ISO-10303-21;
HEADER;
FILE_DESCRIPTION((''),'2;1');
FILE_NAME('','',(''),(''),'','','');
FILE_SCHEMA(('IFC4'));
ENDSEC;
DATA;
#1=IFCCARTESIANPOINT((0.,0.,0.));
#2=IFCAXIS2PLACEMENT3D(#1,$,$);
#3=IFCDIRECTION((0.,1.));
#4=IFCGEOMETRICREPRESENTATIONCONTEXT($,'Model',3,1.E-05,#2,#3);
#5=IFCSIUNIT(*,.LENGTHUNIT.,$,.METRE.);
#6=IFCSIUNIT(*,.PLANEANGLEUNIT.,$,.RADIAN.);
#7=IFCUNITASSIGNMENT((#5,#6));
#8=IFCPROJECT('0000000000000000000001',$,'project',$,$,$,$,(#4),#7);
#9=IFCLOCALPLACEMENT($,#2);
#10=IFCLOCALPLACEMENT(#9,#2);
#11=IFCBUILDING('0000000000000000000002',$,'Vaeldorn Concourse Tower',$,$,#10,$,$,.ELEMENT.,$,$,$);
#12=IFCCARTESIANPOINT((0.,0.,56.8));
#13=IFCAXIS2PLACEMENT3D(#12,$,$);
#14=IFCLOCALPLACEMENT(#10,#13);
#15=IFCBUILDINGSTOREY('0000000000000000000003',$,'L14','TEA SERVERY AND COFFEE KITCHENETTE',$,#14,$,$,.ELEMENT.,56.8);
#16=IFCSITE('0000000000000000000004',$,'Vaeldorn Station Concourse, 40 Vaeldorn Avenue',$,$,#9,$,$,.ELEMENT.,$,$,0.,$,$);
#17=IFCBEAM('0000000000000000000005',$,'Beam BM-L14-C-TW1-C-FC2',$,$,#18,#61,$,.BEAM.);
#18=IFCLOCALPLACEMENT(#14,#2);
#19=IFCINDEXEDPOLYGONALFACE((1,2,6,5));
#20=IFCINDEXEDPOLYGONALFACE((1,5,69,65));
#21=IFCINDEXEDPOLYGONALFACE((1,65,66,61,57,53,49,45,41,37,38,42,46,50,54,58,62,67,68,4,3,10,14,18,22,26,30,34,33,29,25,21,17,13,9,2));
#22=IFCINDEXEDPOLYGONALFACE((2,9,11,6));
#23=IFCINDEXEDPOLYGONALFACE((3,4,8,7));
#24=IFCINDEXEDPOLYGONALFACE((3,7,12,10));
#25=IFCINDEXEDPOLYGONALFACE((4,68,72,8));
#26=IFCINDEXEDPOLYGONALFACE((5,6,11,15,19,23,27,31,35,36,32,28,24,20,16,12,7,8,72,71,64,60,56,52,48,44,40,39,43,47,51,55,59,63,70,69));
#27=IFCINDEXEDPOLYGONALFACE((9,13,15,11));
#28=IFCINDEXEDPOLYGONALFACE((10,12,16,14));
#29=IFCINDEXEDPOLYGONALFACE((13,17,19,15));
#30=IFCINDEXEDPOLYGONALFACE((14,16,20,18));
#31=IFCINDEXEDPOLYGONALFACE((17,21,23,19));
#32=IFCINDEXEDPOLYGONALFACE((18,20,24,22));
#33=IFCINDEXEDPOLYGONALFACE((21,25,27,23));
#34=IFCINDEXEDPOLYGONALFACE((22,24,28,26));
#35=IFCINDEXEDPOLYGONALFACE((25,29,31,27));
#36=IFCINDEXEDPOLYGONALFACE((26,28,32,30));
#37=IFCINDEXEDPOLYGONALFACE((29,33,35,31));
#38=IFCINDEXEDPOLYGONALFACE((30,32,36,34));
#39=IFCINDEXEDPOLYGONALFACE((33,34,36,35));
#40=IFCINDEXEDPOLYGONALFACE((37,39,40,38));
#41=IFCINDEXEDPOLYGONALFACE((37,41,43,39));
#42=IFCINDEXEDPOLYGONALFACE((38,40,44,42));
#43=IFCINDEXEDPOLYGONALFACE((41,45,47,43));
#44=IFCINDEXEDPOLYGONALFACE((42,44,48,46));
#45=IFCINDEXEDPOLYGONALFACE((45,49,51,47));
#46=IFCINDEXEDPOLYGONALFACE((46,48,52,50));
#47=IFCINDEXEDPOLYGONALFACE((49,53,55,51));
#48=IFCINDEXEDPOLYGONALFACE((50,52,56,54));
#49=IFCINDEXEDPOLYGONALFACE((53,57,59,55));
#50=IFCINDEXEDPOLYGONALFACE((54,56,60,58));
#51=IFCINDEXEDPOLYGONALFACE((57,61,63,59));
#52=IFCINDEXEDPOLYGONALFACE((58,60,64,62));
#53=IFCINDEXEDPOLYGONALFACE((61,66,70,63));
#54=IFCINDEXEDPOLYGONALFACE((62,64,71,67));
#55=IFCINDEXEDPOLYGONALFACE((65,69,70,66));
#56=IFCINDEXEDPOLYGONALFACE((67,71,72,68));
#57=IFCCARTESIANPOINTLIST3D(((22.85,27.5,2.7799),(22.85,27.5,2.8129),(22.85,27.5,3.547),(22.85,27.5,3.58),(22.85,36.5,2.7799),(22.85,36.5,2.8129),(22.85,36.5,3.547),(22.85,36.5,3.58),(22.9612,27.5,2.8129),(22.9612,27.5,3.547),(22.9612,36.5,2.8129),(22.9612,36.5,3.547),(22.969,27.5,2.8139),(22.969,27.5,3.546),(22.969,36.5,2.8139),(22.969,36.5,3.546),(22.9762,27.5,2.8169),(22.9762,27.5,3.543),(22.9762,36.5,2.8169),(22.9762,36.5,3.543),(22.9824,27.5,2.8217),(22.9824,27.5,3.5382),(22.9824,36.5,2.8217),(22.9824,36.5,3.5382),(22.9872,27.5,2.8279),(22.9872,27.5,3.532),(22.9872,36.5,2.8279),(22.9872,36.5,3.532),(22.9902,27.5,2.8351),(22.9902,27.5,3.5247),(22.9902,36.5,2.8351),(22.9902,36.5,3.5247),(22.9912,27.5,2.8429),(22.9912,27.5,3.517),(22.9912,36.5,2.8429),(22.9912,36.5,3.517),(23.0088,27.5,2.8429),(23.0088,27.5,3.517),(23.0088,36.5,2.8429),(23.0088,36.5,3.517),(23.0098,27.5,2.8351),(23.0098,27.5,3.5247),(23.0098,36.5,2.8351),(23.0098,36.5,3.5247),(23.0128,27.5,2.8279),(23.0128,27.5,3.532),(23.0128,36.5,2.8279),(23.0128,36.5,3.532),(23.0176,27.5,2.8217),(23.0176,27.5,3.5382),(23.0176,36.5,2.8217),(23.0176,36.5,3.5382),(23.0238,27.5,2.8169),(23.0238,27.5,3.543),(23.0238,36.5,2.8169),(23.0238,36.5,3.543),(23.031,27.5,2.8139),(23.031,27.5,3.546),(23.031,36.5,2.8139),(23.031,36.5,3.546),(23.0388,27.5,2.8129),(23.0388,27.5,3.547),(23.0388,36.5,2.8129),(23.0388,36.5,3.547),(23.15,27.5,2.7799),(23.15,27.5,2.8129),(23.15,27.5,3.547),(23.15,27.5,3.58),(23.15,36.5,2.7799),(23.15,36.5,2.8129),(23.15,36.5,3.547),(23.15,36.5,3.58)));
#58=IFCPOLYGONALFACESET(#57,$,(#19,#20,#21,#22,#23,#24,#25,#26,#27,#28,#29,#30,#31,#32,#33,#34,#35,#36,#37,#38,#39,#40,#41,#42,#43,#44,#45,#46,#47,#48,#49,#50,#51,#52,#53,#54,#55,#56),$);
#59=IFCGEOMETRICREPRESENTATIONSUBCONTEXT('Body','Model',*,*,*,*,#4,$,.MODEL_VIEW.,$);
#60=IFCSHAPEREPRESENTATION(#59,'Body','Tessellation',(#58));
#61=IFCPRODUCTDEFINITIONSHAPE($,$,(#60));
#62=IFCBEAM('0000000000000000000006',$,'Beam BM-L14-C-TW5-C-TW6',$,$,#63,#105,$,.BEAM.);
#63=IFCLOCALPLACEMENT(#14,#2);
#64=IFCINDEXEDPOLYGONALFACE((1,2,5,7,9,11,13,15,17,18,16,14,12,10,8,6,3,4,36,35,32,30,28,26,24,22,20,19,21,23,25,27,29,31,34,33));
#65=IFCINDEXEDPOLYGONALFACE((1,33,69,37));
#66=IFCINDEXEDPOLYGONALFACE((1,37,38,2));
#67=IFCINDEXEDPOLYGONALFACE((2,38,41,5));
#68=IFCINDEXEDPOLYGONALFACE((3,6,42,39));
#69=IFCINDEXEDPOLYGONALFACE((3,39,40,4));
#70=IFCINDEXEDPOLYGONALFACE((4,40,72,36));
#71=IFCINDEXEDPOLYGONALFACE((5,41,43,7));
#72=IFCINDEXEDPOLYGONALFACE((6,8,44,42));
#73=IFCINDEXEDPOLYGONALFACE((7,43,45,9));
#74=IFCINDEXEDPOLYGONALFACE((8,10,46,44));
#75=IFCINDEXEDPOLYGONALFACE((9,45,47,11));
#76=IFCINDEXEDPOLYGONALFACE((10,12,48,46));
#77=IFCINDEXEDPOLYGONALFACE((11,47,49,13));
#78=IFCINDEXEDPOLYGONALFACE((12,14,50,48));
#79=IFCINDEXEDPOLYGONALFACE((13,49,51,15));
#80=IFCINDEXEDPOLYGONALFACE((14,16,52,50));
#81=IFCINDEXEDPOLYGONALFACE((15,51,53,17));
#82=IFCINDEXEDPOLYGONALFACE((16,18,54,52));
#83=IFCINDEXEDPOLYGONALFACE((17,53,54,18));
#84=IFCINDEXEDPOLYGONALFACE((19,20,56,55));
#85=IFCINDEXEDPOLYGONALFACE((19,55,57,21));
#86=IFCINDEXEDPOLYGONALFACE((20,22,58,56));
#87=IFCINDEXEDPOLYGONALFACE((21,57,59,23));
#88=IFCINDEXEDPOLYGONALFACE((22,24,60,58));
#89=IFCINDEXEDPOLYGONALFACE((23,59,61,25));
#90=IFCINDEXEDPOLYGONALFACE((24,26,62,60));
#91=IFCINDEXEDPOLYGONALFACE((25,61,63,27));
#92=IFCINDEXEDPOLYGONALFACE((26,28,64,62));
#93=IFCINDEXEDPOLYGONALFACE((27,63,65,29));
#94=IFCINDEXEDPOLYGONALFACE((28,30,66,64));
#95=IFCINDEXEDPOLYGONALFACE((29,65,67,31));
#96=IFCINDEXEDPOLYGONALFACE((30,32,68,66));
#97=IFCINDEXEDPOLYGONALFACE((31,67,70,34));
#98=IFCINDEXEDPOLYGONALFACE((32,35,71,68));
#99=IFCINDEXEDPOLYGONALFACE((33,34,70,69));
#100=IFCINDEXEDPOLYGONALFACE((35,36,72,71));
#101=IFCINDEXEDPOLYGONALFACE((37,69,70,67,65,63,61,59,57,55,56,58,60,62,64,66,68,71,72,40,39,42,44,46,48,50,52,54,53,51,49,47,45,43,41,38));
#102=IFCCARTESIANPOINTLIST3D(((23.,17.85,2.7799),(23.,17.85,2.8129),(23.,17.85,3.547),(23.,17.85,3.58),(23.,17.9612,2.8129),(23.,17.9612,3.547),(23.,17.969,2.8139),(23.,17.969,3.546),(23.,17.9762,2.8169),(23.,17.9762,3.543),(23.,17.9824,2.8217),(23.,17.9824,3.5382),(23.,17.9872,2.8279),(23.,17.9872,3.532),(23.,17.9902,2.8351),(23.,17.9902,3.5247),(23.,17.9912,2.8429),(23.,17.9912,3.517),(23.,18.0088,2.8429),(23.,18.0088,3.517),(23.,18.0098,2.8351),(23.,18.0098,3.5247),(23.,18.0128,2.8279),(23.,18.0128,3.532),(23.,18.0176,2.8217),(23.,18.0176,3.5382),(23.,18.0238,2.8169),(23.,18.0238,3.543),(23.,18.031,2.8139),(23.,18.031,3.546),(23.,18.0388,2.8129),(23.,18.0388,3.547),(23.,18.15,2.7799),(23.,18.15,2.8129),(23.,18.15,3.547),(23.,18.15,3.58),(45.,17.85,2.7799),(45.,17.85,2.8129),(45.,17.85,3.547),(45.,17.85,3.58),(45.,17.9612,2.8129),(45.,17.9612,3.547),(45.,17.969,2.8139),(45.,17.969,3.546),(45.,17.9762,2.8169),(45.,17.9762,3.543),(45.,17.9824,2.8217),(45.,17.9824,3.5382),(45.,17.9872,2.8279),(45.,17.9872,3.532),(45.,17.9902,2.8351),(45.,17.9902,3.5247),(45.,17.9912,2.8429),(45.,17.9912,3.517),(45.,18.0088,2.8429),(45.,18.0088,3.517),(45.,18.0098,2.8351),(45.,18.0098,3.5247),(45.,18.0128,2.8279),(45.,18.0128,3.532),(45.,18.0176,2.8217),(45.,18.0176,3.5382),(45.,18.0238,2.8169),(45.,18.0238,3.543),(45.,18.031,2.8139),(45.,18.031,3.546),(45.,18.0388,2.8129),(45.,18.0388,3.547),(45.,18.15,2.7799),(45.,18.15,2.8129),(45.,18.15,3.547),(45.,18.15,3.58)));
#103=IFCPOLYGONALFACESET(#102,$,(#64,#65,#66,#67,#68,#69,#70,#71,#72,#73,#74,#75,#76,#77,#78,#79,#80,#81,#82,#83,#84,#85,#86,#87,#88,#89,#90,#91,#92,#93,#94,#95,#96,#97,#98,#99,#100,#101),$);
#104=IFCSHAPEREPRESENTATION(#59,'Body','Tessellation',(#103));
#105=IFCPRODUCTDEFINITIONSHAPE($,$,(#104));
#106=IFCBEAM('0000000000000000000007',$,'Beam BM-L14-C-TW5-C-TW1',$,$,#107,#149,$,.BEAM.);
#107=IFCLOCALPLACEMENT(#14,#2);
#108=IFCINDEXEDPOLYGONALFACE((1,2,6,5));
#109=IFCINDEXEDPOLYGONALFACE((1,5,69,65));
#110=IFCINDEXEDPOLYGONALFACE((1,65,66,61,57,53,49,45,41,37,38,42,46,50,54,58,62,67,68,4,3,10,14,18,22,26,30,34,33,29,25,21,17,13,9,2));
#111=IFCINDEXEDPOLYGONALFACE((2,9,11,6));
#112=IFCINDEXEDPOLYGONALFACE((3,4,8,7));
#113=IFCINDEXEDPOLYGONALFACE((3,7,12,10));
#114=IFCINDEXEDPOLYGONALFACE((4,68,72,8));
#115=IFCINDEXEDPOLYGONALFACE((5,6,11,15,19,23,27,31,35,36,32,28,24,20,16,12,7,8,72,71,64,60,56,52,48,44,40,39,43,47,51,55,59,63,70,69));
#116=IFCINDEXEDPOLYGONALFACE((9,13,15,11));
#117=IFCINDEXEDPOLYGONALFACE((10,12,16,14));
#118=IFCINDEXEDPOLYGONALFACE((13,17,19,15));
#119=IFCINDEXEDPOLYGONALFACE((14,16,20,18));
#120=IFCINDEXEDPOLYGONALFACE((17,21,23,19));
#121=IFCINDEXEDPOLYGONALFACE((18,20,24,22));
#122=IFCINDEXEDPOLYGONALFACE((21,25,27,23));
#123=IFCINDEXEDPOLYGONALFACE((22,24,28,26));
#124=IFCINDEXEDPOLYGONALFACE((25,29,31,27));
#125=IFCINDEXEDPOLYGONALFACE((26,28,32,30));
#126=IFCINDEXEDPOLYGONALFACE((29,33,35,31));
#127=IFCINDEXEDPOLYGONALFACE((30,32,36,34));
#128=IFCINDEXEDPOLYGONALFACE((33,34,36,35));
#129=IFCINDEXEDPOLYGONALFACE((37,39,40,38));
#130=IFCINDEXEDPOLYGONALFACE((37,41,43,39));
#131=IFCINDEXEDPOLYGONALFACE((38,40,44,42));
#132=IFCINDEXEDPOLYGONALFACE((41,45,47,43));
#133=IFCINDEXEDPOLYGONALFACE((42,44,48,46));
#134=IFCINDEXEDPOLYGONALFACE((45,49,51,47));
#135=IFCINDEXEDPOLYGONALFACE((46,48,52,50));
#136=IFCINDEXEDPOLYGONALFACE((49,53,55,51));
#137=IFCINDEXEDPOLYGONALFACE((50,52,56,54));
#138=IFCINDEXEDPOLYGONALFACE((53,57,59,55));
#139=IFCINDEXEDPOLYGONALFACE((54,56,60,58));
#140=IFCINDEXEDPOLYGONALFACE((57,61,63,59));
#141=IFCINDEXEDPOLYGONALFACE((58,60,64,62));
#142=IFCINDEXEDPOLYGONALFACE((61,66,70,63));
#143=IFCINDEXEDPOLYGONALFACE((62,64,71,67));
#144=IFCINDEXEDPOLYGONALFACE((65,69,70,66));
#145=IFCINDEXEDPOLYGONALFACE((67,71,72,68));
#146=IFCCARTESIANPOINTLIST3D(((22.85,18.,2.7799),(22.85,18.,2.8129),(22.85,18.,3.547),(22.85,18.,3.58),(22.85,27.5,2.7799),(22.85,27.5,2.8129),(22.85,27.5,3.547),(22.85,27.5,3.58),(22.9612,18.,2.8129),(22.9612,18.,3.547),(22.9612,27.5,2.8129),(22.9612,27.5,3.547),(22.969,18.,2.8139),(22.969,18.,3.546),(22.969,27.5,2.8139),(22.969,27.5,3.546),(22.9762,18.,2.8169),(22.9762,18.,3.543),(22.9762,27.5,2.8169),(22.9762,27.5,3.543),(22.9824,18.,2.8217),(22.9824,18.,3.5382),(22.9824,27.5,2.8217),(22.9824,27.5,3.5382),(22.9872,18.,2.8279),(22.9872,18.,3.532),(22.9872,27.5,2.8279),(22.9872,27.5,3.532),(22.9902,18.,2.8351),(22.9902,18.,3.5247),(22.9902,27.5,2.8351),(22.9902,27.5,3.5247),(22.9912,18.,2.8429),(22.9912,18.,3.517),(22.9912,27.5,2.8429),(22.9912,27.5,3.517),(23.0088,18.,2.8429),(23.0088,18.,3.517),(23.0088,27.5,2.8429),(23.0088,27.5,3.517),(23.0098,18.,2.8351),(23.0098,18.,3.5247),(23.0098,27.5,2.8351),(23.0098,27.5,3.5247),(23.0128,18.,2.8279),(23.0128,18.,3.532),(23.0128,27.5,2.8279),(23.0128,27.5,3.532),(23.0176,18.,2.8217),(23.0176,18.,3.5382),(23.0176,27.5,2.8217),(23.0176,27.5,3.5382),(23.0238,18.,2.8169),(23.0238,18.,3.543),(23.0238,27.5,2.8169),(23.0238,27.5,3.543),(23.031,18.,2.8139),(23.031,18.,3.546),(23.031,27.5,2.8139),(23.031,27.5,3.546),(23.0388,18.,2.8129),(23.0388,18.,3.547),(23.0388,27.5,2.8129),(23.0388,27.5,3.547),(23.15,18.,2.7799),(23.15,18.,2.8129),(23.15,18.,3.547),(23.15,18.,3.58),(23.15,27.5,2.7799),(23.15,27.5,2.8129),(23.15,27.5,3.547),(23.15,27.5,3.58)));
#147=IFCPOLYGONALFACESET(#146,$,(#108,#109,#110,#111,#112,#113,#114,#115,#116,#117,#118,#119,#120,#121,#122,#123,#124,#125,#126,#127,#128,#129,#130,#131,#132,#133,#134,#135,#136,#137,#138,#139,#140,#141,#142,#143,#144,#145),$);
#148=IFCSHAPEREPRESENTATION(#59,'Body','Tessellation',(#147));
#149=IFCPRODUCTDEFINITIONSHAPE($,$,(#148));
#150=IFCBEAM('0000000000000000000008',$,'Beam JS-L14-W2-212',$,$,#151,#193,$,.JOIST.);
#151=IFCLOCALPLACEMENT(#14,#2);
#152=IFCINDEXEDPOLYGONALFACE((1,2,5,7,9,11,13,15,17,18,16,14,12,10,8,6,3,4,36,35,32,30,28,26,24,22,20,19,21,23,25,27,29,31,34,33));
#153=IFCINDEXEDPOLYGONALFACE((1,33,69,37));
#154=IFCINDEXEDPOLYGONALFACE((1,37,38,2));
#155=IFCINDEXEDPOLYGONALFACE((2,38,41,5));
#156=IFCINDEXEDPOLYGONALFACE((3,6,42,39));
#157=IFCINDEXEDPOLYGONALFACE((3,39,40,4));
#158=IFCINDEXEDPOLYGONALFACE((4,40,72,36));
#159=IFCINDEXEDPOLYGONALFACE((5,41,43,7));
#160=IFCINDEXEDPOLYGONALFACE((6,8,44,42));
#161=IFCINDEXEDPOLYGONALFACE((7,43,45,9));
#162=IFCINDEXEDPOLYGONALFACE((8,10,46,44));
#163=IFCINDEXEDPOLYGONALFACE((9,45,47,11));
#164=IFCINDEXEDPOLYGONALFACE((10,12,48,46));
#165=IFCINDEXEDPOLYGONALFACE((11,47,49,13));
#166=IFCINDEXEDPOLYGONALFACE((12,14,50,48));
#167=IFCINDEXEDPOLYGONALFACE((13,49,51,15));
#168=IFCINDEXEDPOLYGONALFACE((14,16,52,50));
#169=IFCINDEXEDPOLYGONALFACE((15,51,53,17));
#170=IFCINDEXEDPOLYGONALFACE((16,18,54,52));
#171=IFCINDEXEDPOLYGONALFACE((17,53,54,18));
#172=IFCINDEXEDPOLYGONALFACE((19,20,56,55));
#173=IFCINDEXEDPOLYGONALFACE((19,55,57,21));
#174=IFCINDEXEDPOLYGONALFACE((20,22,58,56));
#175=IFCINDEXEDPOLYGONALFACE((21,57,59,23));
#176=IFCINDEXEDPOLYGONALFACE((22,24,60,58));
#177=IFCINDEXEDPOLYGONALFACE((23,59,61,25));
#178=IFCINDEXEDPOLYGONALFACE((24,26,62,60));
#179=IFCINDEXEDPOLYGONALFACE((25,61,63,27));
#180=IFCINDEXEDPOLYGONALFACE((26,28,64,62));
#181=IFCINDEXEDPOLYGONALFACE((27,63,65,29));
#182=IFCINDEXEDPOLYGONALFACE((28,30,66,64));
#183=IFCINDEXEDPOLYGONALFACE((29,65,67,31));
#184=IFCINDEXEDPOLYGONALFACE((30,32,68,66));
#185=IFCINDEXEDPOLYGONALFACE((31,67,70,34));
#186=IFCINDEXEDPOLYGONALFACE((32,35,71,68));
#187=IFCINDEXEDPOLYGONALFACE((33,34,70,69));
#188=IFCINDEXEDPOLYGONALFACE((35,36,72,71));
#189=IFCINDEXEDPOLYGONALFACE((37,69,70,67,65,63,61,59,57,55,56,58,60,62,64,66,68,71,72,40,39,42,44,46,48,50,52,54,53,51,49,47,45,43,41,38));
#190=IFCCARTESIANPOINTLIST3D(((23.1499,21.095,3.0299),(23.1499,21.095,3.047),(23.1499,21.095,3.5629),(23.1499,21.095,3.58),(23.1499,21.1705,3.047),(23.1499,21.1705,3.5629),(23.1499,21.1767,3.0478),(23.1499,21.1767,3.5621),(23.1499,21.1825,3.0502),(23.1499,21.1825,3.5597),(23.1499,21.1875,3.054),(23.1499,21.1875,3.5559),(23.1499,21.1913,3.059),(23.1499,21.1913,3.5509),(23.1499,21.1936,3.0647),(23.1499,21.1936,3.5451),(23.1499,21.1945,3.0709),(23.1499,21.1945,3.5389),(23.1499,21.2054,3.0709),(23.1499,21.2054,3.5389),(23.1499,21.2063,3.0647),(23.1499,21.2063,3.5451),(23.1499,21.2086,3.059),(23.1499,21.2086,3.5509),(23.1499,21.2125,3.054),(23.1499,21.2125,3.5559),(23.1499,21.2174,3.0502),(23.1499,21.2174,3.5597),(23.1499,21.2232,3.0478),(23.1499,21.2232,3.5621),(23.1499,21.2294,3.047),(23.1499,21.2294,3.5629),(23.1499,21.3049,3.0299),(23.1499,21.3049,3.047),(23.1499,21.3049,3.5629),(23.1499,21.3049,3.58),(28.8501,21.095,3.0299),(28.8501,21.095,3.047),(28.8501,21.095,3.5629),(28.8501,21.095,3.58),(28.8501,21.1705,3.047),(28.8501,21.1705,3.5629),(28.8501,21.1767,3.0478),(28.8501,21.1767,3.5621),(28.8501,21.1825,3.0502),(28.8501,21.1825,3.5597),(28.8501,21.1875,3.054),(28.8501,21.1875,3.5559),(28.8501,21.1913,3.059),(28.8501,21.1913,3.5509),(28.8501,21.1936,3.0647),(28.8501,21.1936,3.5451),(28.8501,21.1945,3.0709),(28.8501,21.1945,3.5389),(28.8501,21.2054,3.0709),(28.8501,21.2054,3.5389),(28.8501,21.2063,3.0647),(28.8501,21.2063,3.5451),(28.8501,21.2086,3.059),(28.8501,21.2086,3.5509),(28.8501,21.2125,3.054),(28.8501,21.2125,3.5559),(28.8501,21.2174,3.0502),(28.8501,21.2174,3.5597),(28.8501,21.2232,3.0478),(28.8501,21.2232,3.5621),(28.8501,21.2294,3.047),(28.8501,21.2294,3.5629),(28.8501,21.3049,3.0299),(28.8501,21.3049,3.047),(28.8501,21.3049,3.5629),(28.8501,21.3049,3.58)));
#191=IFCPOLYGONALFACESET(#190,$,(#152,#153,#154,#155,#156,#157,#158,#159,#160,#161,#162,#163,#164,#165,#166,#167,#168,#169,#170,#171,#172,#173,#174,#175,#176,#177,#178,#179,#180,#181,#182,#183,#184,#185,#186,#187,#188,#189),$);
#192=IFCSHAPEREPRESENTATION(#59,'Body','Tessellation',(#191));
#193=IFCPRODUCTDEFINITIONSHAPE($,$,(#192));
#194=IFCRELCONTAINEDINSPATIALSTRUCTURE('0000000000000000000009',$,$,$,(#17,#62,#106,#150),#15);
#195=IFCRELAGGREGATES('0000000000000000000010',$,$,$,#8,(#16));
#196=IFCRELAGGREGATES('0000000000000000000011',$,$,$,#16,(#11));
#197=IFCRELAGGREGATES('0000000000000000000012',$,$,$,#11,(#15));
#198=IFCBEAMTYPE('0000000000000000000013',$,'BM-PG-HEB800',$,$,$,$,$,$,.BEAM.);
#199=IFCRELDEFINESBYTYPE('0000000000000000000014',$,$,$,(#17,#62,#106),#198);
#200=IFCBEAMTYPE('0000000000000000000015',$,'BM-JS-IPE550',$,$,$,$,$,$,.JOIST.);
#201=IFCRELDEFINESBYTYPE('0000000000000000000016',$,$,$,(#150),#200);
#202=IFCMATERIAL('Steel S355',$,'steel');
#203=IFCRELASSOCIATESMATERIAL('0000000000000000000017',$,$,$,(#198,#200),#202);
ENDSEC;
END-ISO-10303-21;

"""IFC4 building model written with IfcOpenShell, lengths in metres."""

from ifc_helpers import new_model, si_unit, direction, frame, origin, origin_2d, place, context, subcontext, project, spatial, i_section, extrude, source, transform, mapped, material, material_profile, profile_set, type_object, element, save


model = new_model("IFC4")

# Units and contexts
model_context = context("Model", 3, precision=1e-05, world=origin(), true_north=direction((0.0, 1.0)))
body_context = subcontext(model_context, "Body", "Model", "MODEL_VIEW")
ifc_project = project(units=[si_unit("LENGTHUNIT", "METRE"), si_unit("PLANEANGLEUNIT", "RADIAN")], contexts=[model_context])

# Site, building, storey
site_placement = place(None, origin())
site = spatial("IfcSite", under=ifc_project, at=site_placement, Name="Vaeldorn Station Concourse, 40 Vaeldorn Avenue", CompositionType="ELEMENT", RefElevation=0.0)
building_placement = place(site_placement, origin())
building = spatial("IfcBuilding", under=site, at=building_placement, Name="Vaeldorn Concourse Tower", CompositionType="ELEMENT")
storey_placement = place(building_placement, frame((0.0, 0.0, 56.8)))
storey = spatial("IfcBuildingStorey", under=building, at=storey_placement, Name="L14", Description="TEA SERVERY AND COFFEE KITCHENETTE", CompositionType="ELEMENT", Elevation=56.8)

# Beams
ifc_material_1 = material(Name="Steel S355", Category="steel")
ifc_material_profile_1 = material_profile(ifc_material_1, i_section(OverallWidth=0.3, OverallDepth=0.8, WebThickness=0.0176, FlangeThickness=0.033, FilletRadius=0.03, at=origin_2d()), Name="HEB 800")
ifc_profile_set_1 = profile_set([ifc_material_profile_1], Name="Steel S355")
beam_type_1 = type_object("IfcBeamType", Name="BM-PG-HEB800", PredefinedType="BEAM", material=ifc_profile_set_1)
shared_shape_1 = source(origin(), body_context, "Body", "SweptSolid", [
    extrude(i_section(OverallWidth=0.3, OverallDepth=0.8, WebThickness=0.0176, FlangeThickness=0.033, FilletRadius=0.03, at=origin_2d()), origin(), (0.0, 0.0, 1.0), 9.0),
])
beam_1_placement = place(storey_placement, frame((23.0, 27.5, 3.1799), z_axis=(0.0, 1.0, 0.0), x_axis=(-1.0, 0.0, 0.0)))
element("IfcBeam", 1, at=beam_1_placement, inside=storey, type_object=beam_type_1, Name="Beam BM-L14-C-TW1-C-FC2", PredefinedType="BEAM", context=body_context, shape_type="MappedRepresentation", body=[
    mapped(shared_shape_1, transform((0.0, 0.0, 0.0), scale=1.0)),
])
shared_shape_2 = source(origin(), body_context, "Body", "SweptSolid", [
    extrude(i_section(OverallWidth=0.3, OverallDepth=0.8, WebThickness=0.0176, FlangeThickness=0.033, FilletRadius=0.03, at=origin_2d()), origin(), (0.0, 0.0, 1.0), 22.0),
])
beam_2_placement = place(storey_placement, frame((23.0, 18.0, 3.1799), z_axis=(1.0, 0.0, 0.0), x_axis=(0.0, 1.0, 0.0)))
element("IfcBeam", 2, at=beam_2_placement, inside=storey, type_object=beam_type_1, Name="Beam BM-L14-C-TW5-C-TW6", PredefinedType="BEAM", context=body_context, shape_type="MappedRepresentation", body=[
    mapped(shared_shape_2, transform((0.0, 0.0, 0.0), scale=1.0)),
])
shared_shape_3 = source(origin(), body_context, "Body", "SweptSolid", [
    extrude(i_section(OverallWidth=0.3, OverallDepth=0.8, WebThickness=0.0176, FlangeThickness=0.033, FilletRadius=0.03, at=origin_2d()), origin(), (0.0, 0.0, 1.0), 9.5),
])
beam_3_placement = place(storey_placement, frame((23.0, 18.0, 3.1799), z_axis=(0.0, 1.0, 0.0), x_axis=(-1.0, 0.0, 0.0)))
element("IfcBeam", 3, at=beam_3_placement, inside=storey, type_object=beam_type_1, Name="Beam BM-L14-C-TW5-C-TW1", PredefinedType="BEAM", context=body_context, shape_type="MappedRepresentation", body=[
    mapped(shared_shape_3, transform((0.0, 0.0, 0.0), scale=1.0)),
])
ifc_material_profile_2 = material_profile(ifc_material_1, i_section(OverallWidth=0.21, OverallDepth=0.55, WebThickness=0.011, FlangeThickness=0.0171, FilletRadius=0.0239, at=origin_2d()), Name="IPE 550")
ifc_profile_set_2 = profile_set([ifc_material_profile_2], Name="Steel S355")
beam_type_2 = type_object("IfcBeamType", Name="BM-JS-IPE550", PredefinedType="JOIST", material=ifc_profile_set_2)
shared_shape_4 = source(origin(), body_context, "Body", "SweptSolid", [
    extrude(i_section(OverallWidth=0.21, OverallDepth=0.55, WebThickness=0.011, FlangeThickness=0.0171, FilletRadius=0.0239, at=origin_2d()), origin(), (0.0, 0.0, 1.0), 5.7002),
])
for number, where, z_axis, x_axis, name in (
    (4, (23.1499, 21.2, 3.3049), (1.0, 0.0, 0.0), (0.0, 1.0, 0.0), "Beam JS-L14-W2-212"),
):
    element("IfcBeam", number, at=place(storey_placement, frame(where, z_axis=z_axis, x_axis=x_axis)), inside=storey, type_object=beam_type_2, Name=name, PredefinedType="JOIST", context=body_context, shape_type="MappedRepresentation", body=[
        mapped(shared_shape_4, transform((0.0, 0.0, 0.0), scale=1.0)),
    ])

save(model, "model.ifc")
